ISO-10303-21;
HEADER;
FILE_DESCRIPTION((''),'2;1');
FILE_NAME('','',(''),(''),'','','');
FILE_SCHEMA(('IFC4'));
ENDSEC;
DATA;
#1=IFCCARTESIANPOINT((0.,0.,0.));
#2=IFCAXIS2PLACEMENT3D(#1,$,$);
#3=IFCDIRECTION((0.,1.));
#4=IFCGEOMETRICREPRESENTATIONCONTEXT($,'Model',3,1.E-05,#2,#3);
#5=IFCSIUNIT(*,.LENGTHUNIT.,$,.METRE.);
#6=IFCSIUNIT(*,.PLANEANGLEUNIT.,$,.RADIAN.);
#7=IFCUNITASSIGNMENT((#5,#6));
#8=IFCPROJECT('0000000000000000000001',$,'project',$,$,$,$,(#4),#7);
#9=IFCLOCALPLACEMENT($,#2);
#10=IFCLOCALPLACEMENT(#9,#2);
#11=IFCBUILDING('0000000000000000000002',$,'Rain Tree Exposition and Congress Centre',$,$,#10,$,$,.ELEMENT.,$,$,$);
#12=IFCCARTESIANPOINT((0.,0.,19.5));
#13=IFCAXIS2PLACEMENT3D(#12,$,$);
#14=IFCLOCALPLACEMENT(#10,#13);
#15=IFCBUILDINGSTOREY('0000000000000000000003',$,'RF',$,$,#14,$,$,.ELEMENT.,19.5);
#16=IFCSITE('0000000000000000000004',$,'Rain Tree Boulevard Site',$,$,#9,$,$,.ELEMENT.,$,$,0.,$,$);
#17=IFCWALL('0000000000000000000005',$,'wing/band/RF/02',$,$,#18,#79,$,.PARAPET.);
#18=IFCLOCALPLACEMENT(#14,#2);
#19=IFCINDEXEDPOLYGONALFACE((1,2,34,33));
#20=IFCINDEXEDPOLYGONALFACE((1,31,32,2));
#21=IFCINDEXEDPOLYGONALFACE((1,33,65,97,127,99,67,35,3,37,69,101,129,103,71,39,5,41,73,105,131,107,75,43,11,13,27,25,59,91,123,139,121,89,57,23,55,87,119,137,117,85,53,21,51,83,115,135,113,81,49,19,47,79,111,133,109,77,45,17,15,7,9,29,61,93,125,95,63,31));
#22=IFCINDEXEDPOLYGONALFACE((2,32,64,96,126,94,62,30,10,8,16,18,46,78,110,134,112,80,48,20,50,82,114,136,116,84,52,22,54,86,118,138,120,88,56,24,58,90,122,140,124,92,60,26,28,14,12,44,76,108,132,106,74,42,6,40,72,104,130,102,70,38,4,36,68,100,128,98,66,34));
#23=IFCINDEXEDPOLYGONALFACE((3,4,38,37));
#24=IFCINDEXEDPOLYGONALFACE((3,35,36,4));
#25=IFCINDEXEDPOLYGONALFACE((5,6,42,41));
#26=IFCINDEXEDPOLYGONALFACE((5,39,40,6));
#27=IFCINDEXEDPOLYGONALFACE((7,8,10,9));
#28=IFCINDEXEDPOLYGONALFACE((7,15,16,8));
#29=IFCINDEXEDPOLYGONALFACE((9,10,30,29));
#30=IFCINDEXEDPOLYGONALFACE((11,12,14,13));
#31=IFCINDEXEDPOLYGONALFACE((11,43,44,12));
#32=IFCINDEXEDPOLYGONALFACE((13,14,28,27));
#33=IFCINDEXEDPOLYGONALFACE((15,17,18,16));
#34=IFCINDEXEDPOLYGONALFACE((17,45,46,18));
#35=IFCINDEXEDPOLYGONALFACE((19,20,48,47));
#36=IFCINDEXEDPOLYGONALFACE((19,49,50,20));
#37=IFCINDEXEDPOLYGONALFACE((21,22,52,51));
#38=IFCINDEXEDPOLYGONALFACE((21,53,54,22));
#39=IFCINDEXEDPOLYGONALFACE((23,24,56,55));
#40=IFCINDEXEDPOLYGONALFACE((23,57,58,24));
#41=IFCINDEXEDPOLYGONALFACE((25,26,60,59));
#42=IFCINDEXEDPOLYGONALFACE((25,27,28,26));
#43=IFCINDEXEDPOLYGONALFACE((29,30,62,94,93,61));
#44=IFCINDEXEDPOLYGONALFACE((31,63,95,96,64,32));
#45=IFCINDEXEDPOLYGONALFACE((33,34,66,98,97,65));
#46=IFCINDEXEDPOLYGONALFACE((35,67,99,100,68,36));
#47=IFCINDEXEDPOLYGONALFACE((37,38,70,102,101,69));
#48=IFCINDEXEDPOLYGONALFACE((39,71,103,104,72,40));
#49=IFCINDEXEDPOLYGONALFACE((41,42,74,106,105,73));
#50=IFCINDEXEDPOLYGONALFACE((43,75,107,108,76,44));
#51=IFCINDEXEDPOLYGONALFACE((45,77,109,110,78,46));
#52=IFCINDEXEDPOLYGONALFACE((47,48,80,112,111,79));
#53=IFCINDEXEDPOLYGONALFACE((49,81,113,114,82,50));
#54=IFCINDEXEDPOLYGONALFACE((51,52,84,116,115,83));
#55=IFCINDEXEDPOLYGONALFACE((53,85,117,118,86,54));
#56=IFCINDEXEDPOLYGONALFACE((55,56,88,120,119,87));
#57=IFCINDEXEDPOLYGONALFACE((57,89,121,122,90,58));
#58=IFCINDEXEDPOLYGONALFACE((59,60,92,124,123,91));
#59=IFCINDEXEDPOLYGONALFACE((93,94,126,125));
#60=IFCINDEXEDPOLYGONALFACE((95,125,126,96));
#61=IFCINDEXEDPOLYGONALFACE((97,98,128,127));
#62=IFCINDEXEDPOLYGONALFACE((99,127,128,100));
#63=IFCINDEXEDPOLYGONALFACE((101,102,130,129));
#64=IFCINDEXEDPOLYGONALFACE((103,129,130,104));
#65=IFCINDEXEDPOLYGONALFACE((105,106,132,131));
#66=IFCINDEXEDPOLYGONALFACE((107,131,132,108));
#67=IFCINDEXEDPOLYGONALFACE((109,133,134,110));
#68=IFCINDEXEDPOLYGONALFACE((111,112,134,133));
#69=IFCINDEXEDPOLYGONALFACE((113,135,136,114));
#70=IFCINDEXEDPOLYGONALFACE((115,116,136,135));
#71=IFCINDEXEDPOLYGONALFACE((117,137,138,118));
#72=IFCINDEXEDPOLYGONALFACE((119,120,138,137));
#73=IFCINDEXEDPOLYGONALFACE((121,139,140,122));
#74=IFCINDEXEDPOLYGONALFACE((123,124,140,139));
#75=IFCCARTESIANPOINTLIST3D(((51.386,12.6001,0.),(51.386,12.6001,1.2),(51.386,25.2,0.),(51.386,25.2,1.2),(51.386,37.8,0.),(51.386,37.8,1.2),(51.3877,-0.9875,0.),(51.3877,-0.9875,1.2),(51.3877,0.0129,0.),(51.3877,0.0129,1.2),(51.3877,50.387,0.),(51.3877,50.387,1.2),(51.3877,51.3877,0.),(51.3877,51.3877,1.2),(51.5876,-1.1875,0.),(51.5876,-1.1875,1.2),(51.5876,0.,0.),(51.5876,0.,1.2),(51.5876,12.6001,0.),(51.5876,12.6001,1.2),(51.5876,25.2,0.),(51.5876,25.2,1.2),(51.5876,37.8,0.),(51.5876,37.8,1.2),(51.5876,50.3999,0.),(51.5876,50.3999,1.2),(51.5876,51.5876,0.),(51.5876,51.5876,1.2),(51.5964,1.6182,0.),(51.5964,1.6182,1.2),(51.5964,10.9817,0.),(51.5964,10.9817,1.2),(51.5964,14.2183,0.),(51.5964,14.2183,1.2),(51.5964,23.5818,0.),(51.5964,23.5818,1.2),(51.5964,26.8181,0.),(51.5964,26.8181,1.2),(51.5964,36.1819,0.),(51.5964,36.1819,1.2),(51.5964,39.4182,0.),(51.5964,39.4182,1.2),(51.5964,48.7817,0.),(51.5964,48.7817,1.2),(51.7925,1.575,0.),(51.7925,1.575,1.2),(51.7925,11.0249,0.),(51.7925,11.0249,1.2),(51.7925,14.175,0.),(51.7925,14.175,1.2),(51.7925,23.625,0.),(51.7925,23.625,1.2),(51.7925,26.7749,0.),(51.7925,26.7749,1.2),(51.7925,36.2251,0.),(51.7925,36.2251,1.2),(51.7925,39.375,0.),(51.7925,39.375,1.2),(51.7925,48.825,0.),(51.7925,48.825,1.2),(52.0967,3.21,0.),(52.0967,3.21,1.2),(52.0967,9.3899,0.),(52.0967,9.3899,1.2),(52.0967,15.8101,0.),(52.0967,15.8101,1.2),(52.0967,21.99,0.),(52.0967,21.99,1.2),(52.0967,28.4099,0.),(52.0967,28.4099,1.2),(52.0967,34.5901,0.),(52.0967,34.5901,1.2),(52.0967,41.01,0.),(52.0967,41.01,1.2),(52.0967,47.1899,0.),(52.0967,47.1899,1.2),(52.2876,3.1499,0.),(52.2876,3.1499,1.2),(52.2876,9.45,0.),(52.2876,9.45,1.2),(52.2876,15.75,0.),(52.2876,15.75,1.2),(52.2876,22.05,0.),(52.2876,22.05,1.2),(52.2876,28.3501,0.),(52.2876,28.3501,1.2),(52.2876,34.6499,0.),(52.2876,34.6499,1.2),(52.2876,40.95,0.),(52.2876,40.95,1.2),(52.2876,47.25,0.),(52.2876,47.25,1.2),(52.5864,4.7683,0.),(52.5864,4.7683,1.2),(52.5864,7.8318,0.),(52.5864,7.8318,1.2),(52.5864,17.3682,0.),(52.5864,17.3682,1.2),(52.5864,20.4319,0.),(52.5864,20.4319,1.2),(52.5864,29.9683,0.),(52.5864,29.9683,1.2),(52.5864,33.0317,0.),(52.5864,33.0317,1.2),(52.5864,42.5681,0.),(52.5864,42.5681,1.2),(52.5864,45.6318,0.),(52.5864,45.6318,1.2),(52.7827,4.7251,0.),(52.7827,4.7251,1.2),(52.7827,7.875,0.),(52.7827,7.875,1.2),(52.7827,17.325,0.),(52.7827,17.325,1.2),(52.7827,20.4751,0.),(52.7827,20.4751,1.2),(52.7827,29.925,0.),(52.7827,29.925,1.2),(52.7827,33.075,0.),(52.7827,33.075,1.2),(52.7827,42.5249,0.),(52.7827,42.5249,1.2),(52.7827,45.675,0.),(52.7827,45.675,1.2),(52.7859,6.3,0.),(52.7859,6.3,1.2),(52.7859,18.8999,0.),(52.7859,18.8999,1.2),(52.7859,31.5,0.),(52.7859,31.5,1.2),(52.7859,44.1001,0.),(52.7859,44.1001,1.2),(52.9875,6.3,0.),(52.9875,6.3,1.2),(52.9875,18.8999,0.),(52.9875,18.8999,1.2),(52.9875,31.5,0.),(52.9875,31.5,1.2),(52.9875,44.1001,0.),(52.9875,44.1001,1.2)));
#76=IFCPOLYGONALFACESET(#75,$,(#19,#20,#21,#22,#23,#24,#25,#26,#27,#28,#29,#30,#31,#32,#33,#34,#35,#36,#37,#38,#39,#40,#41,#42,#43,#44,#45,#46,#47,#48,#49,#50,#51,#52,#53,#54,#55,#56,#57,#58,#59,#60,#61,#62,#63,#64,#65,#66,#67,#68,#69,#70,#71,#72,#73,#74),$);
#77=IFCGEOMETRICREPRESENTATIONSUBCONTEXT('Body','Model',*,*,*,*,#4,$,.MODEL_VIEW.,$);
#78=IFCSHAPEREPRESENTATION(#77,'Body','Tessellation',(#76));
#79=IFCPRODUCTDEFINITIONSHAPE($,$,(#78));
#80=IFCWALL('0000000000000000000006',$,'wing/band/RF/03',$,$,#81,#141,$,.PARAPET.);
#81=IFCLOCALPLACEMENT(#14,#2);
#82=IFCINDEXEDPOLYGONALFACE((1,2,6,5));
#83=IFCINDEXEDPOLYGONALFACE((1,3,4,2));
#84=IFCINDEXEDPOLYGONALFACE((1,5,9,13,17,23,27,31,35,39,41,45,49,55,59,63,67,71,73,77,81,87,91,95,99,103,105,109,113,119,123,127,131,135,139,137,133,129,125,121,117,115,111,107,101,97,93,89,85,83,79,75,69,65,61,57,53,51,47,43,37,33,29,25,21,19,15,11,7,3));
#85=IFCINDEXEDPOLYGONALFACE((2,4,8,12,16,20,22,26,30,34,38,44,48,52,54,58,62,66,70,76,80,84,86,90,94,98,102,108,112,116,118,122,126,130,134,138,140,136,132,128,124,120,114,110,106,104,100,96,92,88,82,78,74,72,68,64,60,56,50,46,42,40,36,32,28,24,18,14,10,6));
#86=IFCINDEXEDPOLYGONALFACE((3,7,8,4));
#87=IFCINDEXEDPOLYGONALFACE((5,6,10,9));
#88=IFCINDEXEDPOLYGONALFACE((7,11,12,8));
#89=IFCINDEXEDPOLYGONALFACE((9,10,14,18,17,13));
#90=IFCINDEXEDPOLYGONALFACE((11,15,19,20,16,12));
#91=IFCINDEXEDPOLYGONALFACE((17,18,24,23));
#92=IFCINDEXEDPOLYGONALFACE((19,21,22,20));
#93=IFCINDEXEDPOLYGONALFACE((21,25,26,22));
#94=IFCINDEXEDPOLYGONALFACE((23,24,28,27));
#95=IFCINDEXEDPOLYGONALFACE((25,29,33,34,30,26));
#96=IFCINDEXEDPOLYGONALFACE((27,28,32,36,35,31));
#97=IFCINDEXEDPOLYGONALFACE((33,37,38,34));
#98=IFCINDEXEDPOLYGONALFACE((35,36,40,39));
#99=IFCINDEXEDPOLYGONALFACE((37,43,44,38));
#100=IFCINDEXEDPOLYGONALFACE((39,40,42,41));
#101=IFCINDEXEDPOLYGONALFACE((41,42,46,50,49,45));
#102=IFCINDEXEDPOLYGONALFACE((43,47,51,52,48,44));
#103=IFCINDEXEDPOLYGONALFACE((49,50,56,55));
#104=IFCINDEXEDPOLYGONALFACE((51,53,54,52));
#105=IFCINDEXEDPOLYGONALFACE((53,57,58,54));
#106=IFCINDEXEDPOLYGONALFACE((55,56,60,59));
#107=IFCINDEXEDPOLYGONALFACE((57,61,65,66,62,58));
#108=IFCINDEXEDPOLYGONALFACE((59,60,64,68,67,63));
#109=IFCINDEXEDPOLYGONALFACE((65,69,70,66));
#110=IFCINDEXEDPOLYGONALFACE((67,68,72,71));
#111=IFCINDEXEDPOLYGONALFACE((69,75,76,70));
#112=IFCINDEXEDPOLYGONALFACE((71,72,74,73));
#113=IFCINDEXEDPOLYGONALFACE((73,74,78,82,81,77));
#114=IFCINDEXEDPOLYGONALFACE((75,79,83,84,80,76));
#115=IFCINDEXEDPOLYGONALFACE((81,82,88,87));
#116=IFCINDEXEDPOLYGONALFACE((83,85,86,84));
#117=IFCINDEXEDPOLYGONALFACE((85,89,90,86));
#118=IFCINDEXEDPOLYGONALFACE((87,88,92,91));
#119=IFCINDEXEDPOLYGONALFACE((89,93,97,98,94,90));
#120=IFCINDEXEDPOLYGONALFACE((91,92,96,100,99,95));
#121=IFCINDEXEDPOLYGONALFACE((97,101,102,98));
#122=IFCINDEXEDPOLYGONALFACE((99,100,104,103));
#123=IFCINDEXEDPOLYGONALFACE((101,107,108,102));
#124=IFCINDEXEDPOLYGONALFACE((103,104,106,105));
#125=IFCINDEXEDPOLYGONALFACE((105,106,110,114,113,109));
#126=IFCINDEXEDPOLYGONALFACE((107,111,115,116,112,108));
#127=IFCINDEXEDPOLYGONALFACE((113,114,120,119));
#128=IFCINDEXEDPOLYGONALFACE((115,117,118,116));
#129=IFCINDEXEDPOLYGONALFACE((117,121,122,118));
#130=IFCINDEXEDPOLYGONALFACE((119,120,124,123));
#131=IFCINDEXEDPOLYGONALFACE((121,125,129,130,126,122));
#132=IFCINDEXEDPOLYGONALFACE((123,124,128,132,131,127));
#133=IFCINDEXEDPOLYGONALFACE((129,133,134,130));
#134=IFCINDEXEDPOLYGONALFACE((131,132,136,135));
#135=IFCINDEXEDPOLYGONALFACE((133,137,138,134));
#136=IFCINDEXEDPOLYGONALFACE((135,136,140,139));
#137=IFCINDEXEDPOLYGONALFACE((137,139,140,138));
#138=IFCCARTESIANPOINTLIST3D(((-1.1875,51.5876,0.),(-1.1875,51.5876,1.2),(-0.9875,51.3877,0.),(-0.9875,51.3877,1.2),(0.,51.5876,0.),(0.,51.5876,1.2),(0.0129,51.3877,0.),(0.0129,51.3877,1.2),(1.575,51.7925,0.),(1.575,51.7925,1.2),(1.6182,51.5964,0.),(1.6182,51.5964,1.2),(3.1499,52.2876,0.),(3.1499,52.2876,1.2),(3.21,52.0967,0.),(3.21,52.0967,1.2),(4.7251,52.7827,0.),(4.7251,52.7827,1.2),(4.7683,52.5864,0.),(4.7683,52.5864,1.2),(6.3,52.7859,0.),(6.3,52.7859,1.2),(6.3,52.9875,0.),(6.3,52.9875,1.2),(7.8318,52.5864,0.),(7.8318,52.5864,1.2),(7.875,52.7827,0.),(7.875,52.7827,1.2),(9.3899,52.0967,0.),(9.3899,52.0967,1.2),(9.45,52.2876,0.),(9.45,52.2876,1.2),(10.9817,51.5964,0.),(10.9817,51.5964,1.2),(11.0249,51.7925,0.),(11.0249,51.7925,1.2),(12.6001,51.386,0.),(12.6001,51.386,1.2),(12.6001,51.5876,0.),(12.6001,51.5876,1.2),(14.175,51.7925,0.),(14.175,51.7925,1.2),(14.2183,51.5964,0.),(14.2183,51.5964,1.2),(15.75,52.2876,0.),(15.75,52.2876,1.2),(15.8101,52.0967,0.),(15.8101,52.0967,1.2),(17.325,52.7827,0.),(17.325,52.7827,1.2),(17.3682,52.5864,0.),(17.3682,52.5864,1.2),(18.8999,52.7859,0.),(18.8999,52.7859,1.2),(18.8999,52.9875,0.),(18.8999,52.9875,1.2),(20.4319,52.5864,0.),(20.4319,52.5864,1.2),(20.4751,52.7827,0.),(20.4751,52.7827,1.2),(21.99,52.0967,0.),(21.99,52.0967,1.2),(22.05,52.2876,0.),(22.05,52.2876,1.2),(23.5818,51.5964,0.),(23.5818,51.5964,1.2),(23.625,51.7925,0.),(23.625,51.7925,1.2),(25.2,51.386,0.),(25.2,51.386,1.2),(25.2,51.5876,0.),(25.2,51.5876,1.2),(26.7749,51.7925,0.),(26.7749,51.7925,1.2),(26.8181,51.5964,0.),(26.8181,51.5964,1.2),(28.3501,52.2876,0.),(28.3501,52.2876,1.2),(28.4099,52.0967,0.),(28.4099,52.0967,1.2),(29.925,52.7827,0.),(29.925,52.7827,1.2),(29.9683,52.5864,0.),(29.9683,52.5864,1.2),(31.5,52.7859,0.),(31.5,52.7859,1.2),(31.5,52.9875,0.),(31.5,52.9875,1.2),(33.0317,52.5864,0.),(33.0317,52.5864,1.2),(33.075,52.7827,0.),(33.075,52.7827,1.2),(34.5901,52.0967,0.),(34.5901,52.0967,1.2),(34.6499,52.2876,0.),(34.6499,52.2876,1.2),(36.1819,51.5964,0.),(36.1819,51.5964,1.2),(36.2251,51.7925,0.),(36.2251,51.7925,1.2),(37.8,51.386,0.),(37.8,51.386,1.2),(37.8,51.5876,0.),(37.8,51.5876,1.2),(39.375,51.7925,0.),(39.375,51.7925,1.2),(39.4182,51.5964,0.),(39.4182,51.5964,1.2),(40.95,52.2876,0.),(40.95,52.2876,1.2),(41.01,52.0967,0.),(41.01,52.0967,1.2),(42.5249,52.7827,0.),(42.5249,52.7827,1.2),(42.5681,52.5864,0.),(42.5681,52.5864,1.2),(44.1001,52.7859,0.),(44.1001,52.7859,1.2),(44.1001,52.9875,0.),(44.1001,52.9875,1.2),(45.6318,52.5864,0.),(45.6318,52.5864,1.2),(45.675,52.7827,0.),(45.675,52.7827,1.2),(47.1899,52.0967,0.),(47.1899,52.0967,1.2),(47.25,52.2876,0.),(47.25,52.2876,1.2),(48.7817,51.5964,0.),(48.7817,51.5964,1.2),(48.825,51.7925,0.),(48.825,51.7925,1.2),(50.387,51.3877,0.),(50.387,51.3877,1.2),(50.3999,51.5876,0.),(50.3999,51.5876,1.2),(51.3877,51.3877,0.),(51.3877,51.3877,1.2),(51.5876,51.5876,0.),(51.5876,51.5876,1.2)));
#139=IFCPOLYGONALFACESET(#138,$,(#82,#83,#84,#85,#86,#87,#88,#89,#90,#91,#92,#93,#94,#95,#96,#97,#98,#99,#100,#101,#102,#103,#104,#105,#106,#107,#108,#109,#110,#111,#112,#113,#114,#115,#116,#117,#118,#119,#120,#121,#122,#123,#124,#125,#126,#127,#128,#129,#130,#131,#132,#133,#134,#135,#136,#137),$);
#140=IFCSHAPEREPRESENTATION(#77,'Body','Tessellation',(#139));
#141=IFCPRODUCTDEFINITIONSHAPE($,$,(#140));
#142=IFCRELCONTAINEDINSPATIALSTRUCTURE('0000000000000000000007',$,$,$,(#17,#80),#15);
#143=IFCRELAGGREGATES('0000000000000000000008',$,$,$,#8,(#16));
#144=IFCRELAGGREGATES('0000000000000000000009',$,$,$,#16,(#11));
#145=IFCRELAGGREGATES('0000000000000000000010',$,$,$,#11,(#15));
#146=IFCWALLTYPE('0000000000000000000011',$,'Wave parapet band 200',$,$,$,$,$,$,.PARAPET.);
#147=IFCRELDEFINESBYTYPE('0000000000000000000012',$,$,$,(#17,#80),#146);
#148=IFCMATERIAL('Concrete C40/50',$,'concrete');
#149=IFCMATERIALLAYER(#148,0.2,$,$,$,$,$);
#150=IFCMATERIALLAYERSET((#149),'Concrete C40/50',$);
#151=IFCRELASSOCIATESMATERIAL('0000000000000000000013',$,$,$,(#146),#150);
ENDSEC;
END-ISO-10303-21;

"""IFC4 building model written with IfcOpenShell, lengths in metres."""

from ifc_helpers import new_model, si_unit, direction, frame, origin, place, context, subcontext, project, spatial, polyline, outline, extrude, material, layer, layer_set, type_object, element, save


model = new_model("IFC4")

# Units and contexts
model_context = context("Model", 3, precision=1e-05, world=origin(), true_north=direction((0.0, 1.0)))
body_context = subcontext(model_context, "Body", "Model", "MODEL_VIEW")
ifc_project = project(units=[si_unit("LENGTHUNIT", "METRE"), si_unit("PLANEANGLEUNIT", "RADIAN")], contexts=[model_context])

# Site, building, storey
site_placement = place(None, origin())
site = spatial("IfcSite", under=ifc_project, at=site_placement, Name="Rain Tree Boulevard Site", CompositionType="ELEMENT", RefElevation=0.0)
building_placement = place(site_placement, origin())
building = spatial("IfcBuilding", under=site, at=building_placement, Name="Rain Tree Exposition and Congress Centre", CompositionType="ELEMENT")
storey_placement = place(building_placement, frame((0.0, 0.0, 19.5)))
storey = spatial("IfcBuildingStorey", under=building, at=storey_placement, Name="RF", CompositionType="ELEMENT", Elevation=19.5)

# Walls
ifc_material_1 = material(Name="Concrete C40/50", Category="concrete")
ifc_layer_1 = layer(ifc_material_1, 0.2)
ifc_layer_set_1 = layer_set([ifc_layer_1], Name="Concrete C40/50")
wall_type_1 = type_object("IfcWallType", Name="Wave parapet band 200", PredefinedType="PARAPET", material=ifc_layer_set_1)
wall_1_placement = place(storey_placement, origin())
element("IfcWall", 1, at=wall_1_placement, inside=storey, type_object=wall_type_1, Name="wing/band/RF/02", PredefinedType="PARAPET", context=body_context, shape_type="SweptSolid", body=[
    extrude(outline(polyline([(51.5876, 50.3999), (51.5876, 51.5876), (51.3877, 51.3877), (51.3877, 50.387), (51.5964, 48.7817), (52.0967, 47.1899), (52.5864, 45.6318), (52.7859, 44.1001), (52.5864, 42.5681), (52.0967, 41.01), (51.5964, 39.4182), (51.386, 37.8), (51.5964, 36.1819), (52.0967, 34.5901), (52.5864, 33.0317), (52.7859, 31.5), (52.5864, 29.9683), (52.0967, 28.4099), (51.5964, 26.8181), (51.386, 25.2), (51.5964, 23.5818), (52.0967, 21.99), (52.5864, 20.4319), (52.7859, 18.8999), (52.5864, 17.3682), (52.0967, 15.8101), (51.5964, 14.2183), (51.386, 12.6001), (51.5964, 10.9817), (52.0967, 9.3899), (52.5864, 7.8318), (52.7859, 6.3), (52.5864, 4.7683), (52.0967, 3.21), (51.5964, 1.6182), (51.3877, 0.0129), (51.3877, -0.9875), (51.5876, -1.1875), (51.5876, 0.0), (51.7925, 1.575), (52.2876, 3.1499), (52.7827, 4.7251), (52.9875, 6.3), (52.7827, 7.875), (52.2876, 9.45), (51.7925, 11.0249), (51.5876, 12.6001), (51.7925, 14.175), (52.2876, 15.75), (52.7827, 17.325), (52.9875, 18.8999), (52.7827, 20.4751), (52.2876, 22.05), (51.7925, 23.625), (51.5876, 25.2), (51.7925, 26.7749), (52.2876, 28.3501), (52.7827, 29.925), (52.9875, 31.5), (52.7827, 33.075), (52.2876, 34.6499), (51.7925, 36.2251), (51.5876, 37.8), (51.7925, 39.375), (52.2876, 40.95), (52.7827, 42.5249), (52.9875, 44.1001), (52.7827, 45.675), (52.2876, 47.25), (51.7925, 48.825), (51.5876, 50.3999)])), origin(), (0.0, 0.0, 1.0), 1.2),
])
wall_2_placement = place(storey_placement, origin())
element("IfcWall", 2, at=wall_2_placement, inside=storey, type_object=wall_type_1, Name="wing/band/RF/03", PredefinedType="PARAPET", context=body_context, shape_type="SweptSolid", body=[
    extrude(outline(polyline([(0.0, 51.5876), (-1.1875, 51.5876), (-0.9875, 51.3877), (0.0129, 51.3877), (1.6182, 51.5964), (3.21, 52.0967), (4.7683, 52.5864), (6.3, 52.7859), (7.8318, 52.5864), (9.3899, 52.0967), (10.9817, 51.5964), (12.6001, 51.386), (14.2183, 51.5964), (15.8101, 52.0967), (17.3682, 52.5864), (18.8999, 52.7859), (20.4319, 52.5864), (21.99, 52.0967), (23.5818, 51.5964), (25.2, 51.386), (26.8181, 51.5964), (28.4099, 52.0967), (29.9683, 52.5864), (31.5, 52.7859), (33.0317, 52.5864), (34.5901, 52.0967), (36.1819, 51.5964), (37.8, 51.386), (39.4182, 51.5964), (41.01, 52.0967), (42.5681, 52.5864), (44.1001, 52.7859), (45.6318, 52.5864), (47.1899, 52.0967), (48.7817, 51.5964), (50.387, 51.3877), (51.3877, 51.3877), (51.5876, 51.5876), (50.3999, 51.5876), (48.825, 51.7925), (47.25, 52.2876), (45.675, 52.7827), (44.1001, 52.9875), (42.5249, 52.7827), (40.95, 52.2876), (39.375, 51.7925), (37.8, 51.5876), (36.2251, 51.7925), (34.6499, 52.2876), (33.075, 52.7827), (31.5, 52.9875), (29.925, 52.7827), (28.3501, 52.2876), (26.7749, 51.7925), (25.2, 51.5876), (23.625, 51.7925), (22.05, 52.2876), (20.4751, 52.7827), (18.8999, 52.9875), (17.325, 52.7827), (15.75, 52.2876), (14.175, 51.7925), (12.6001, 51.5876), (11.0249, 51.7925), (9.45, 52.2876), (7.875, 52.7827), (6.3, 52.9875), (4.7251, 52.7827), (3.1499, 52.2876), (1.575, 51.7925), (0.0, 51.5876)])), origin(), (0.0, 0.0, 1.0), 1.2),
])

save(model, "model.ifc")
